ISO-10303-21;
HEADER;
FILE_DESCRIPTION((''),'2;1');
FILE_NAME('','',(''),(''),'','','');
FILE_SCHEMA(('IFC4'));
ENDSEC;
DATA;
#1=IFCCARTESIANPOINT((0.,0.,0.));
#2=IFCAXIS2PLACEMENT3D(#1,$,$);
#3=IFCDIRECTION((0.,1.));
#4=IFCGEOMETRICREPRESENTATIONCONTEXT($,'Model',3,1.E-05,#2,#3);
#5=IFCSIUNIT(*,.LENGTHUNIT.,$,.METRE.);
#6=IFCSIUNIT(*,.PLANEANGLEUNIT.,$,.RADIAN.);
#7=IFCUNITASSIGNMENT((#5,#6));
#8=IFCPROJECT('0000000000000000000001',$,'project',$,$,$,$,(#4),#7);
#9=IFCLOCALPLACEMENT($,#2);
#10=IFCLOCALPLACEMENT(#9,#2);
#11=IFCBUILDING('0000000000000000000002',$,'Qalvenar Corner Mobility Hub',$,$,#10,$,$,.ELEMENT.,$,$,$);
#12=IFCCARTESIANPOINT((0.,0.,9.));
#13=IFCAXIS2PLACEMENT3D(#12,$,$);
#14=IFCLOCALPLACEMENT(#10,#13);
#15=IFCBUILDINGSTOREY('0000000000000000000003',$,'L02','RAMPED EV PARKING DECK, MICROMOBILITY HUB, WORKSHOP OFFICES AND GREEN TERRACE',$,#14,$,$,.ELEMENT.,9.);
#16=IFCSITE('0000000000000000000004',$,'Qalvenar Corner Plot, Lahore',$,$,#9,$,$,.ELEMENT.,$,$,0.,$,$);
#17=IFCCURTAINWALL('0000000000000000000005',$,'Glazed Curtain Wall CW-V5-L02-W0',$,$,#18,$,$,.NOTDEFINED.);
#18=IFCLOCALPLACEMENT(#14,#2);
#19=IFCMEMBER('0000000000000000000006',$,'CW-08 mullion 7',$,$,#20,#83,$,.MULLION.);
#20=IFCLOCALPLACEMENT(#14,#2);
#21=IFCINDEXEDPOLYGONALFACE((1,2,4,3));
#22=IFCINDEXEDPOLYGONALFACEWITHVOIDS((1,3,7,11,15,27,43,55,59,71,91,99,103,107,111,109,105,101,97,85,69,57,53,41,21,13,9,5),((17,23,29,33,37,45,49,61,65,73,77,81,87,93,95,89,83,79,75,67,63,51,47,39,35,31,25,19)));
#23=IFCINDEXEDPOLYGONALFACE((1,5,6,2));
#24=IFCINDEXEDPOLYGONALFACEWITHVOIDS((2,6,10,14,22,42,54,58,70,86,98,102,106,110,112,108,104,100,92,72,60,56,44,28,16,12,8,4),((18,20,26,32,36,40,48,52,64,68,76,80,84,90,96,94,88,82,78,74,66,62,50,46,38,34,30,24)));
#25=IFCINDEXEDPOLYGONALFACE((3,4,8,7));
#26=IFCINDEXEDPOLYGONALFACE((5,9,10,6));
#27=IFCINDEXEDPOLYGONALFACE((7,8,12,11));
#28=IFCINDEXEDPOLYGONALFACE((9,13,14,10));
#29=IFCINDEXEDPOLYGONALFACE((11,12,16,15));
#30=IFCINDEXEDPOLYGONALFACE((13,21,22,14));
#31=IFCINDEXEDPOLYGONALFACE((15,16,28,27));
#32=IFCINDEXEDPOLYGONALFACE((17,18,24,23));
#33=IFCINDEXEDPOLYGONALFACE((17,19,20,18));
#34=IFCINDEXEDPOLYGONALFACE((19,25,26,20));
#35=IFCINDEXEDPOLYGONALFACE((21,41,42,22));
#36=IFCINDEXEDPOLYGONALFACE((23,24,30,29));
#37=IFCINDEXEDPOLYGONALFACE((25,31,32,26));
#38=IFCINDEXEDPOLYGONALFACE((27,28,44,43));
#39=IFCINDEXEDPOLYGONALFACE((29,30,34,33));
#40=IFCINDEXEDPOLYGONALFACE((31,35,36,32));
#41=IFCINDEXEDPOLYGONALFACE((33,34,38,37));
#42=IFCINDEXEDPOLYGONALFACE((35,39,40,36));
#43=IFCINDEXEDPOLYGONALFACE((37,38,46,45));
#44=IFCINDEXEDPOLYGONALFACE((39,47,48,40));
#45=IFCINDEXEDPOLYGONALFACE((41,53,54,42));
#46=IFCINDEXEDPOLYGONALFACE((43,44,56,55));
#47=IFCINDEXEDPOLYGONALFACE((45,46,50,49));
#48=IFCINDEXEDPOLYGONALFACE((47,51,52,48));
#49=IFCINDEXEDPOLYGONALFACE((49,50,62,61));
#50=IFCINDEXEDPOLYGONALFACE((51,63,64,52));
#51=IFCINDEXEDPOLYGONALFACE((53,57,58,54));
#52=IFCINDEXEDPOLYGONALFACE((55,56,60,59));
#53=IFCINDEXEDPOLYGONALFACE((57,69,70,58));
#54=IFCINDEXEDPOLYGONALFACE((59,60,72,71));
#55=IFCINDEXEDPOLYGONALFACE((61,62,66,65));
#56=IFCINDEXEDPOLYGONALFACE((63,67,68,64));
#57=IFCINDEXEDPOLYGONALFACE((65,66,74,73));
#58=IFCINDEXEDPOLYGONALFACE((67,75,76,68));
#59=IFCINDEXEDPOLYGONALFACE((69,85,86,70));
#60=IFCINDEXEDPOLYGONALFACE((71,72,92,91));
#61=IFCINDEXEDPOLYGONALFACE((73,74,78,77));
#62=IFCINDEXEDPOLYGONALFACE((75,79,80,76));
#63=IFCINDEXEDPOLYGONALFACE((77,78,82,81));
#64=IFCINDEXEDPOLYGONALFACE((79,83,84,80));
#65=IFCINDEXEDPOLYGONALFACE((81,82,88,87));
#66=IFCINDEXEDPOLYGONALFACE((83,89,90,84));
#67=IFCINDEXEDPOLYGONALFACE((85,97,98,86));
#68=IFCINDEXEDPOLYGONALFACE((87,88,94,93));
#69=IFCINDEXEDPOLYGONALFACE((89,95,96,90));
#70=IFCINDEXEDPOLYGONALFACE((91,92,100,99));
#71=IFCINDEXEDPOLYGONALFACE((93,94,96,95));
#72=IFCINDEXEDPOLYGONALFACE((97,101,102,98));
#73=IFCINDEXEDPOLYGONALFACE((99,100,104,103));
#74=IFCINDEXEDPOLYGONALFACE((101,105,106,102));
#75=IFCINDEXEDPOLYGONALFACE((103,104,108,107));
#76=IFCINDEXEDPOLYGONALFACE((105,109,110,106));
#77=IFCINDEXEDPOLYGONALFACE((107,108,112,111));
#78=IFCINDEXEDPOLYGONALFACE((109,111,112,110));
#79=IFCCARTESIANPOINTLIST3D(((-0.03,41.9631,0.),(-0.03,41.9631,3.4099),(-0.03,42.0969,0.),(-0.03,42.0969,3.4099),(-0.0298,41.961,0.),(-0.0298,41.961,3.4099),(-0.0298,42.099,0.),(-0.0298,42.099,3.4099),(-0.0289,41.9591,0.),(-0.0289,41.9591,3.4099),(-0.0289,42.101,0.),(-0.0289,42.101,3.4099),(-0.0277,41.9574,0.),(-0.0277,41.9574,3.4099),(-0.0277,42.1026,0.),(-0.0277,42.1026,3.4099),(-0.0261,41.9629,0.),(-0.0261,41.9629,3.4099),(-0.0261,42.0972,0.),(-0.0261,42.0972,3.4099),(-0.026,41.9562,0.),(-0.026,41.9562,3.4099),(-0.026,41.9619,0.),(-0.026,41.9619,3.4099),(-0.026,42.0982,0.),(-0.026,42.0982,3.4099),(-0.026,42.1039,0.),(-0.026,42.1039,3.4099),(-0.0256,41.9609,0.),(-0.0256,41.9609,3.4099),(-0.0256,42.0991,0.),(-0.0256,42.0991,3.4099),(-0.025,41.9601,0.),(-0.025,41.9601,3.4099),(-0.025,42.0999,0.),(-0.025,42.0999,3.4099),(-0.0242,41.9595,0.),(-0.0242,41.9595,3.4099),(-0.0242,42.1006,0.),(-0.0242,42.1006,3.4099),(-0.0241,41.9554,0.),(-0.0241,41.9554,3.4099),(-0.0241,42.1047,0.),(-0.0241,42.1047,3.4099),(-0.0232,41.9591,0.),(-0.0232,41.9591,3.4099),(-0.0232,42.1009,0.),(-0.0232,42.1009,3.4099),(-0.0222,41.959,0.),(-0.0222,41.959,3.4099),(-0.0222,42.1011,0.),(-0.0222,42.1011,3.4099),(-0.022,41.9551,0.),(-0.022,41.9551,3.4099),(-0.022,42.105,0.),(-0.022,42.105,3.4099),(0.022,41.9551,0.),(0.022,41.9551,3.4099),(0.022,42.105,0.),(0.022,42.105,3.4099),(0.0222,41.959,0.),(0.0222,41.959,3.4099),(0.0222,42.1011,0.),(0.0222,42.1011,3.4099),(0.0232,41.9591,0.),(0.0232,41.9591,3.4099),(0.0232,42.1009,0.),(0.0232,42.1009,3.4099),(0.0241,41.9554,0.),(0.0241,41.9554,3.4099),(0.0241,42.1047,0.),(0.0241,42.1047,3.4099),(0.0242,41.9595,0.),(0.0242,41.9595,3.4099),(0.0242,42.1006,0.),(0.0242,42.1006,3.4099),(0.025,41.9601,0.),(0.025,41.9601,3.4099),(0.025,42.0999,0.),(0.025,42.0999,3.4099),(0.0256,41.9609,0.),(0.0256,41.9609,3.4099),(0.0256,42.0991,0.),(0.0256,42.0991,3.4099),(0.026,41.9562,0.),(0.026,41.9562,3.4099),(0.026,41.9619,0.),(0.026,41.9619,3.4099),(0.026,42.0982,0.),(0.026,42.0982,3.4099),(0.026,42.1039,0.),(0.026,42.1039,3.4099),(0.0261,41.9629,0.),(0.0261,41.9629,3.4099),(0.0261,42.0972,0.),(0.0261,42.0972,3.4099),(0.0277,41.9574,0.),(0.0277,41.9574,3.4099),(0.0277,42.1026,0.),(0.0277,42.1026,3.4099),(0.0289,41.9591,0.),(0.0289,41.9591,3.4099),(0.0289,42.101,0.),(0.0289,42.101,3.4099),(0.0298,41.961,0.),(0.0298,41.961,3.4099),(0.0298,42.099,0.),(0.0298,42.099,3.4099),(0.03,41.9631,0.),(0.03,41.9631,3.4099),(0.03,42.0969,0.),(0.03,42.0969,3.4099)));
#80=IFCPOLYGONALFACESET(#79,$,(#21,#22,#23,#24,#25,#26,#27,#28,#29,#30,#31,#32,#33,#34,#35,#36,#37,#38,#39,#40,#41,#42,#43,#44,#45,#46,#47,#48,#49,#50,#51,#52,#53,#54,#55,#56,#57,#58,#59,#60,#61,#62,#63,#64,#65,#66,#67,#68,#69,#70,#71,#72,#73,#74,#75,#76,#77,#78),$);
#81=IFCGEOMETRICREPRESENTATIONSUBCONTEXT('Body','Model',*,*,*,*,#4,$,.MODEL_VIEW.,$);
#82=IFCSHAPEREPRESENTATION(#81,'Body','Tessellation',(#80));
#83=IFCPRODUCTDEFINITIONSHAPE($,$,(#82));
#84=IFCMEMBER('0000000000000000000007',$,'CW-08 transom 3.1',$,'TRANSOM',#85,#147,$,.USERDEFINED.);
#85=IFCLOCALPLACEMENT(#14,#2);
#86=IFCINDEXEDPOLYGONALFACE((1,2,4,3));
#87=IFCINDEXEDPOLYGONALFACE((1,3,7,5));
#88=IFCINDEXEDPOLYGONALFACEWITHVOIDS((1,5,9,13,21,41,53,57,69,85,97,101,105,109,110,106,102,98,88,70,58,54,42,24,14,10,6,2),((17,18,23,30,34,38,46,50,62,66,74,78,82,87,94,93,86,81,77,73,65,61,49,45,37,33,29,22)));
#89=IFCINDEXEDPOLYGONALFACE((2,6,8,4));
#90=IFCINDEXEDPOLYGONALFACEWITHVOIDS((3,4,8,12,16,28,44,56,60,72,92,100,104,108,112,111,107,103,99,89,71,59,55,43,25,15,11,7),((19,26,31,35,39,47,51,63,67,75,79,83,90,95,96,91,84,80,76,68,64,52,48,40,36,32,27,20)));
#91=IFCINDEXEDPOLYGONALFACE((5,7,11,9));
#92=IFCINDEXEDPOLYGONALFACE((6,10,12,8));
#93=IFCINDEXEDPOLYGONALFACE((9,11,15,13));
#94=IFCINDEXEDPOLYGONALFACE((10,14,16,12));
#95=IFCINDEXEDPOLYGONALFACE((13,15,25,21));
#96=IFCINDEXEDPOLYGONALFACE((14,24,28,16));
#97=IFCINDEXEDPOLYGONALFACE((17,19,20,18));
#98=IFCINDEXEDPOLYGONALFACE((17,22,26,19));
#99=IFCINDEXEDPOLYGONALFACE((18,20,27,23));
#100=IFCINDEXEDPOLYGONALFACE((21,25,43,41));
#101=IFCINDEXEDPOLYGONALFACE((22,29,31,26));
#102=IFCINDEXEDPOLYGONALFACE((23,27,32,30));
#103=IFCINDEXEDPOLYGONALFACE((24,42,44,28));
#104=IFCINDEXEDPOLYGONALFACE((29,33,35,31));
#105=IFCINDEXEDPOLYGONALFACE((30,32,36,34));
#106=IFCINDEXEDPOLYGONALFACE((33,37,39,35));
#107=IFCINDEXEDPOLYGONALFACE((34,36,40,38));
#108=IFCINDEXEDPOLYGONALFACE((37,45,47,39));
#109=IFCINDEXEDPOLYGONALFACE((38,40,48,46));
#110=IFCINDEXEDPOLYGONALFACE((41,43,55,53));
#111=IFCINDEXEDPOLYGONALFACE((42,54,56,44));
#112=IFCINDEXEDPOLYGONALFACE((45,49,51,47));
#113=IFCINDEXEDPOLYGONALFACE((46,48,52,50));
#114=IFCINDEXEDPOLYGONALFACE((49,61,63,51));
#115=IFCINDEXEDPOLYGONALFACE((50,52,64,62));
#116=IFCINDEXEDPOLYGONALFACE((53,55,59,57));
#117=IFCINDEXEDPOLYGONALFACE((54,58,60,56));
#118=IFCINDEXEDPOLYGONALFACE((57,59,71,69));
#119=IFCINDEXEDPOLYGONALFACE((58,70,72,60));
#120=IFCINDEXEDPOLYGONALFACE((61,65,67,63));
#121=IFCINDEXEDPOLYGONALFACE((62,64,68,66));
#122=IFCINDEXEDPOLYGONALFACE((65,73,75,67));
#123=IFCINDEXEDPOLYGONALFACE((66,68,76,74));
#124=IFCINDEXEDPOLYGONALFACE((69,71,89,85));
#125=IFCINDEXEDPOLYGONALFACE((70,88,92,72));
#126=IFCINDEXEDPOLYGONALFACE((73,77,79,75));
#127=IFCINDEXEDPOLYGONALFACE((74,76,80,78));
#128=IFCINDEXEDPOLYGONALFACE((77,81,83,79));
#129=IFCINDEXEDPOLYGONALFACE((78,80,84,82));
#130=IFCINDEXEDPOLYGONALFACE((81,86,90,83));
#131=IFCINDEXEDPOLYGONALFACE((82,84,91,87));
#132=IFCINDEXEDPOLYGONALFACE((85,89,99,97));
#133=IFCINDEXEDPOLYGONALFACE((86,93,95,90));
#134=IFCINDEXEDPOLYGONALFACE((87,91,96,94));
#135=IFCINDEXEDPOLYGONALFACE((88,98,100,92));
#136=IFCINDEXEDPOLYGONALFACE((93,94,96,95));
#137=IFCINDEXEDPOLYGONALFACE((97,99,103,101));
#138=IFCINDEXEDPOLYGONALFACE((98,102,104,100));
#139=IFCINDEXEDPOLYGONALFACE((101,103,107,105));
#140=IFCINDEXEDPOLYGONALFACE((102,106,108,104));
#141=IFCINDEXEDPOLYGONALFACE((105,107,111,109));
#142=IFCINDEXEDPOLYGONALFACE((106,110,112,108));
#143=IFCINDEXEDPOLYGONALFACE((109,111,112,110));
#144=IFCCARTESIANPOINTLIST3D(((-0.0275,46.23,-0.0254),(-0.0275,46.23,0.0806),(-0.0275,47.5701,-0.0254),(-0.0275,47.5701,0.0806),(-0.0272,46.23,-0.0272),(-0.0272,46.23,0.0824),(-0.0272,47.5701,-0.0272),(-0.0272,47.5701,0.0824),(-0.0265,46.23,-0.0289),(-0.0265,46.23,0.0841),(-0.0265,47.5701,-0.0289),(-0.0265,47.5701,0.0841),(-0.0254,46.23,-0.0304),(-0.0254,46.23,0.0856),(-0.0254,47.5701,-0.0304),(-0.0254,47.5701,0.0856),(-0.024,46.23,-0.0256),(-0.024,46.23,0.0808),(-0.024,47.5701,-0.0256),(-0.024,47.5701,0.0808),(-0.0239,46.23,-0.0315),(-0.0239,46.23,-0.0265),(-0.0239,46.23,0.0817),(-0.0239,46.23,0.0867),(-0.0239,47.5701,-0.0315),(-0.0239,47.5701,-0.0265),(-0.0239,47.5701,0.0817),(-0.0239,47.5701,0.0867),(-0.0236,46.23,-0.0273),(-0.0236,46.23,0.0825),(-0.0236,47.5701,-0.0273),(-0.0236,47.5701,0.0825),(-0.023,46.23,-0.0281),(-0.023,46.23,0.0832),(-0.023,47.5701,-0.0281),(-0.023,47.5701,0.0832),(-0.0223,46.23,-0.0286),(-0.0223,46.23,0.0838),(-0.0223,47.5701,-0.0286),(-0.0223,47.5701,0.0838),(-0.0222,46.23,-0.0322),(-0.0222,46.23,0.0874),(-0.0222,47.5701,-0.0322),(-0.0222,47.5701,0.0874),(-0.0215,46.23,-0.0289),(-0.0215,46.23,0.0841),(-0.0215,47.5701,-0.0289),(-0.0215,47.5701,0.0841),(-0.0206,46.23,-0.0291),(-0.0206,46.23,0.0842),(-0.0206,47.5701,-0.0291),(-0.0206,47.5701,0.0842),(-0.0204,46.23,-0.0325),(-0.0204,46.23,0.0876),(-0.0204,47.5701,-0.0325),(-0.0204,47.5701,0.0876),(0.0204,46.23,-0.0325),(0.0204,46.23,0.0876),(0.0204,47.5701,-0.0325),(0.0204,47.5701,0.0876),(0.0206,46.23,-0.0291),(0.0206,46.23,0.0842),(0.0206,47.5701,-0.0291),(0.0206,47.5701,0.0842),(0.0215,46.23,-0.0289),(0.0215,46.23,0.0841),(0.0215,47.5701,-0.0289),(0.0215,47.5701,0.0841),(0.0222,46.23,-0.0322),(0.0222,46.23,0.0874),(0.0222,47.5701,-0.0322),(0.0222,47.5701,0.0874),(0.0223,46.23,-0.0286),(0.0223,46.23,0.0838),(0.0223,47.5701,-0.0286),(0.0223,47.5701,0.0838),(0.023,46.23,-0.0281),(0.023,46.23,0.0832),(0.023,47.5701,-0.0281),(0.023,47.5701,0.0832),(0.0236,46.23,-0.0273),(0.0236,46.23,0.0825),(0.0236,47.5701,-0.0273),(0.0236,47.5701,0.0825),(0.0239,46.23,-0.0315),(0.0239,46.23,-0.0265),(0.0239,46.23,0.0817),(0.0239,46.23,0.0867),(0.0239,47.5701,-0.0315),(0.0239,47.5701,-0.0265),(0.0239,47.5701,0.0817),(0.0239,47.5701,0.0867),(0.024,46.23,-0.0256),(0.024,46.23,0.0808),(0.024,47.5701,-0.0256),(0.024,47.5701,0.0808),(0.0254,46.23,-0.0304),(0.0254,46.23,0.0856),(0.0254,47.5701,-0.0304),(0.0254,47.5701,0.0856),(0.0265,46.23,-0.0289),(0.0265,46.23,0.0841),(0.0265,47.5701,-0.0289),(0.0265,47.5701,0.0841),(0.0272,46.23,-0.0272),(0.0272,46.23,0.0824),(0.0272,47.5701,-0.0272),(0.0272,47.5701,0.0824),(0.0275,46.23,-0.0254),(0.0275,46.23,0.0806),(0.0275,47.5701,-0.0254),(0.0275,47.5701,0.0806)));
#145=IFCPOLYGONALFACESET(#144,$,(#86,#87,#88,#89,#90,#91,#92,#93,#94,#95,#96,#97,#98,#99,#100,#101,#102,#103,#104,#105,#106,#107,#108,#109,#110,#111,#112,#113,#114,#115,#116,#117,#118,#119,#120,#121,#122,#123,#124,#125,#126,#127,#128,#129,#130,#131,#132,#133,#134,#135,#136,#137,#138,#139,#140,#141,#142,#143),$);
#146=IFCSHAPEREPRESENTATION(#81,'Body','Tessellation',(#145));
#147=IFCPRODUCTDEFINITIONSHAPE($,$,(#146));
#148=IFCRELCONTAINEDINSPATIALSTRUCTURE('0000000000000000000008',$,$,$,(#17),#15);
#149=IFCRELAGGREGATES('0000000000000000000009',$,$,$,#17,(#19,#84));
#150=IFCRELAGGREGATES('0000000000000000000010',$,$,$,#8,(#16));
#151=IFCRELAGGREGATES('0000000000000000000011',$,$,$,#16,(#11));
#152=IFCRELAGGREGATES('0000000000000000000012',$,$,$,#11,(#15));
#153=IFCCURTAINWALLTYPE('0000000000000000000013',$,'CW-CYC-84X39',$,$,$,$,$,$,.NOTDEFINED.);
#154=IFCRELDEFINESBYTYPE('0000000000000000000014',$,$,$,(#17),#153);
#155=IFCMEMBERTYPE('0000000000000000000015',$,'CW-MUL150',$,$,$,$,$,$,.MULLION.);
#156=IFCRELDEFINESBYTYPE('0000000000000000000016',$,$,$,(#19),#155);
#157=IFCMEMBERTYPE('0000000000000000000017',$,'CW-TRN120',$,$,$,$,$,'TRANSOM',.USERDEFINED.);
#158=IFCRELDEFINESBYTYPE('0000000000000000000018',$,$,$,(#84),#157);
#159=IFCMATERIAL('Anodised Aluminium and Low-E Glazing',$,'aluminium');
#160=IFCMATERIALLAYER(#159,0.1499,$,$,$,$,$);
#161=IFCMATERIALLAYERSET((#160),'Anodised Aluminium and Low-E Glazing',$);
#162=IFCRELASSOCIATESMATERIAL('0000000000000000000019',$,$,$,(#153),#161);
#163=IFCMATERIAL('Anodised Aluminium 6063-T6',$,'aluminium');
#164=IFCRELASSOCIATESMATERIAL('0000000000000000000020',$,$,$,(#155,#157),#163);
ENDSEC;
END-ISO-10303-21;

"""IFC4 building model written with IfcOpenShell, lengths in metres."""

from ifc_helpers import new_model, si_unit, direction, frame, origin, origin_2d, place, context, subcontext, project, spatial, hollow_rectangle, extrude, material, layer, layer_set, material_profile, profile_set, type_object, element, aggregate, save


model = new_model("IFC4")

# Units and contexts
model_context = context("Model", 3, precision=1e-05, world=origin(), true_north=direction((0.0, 1.0)))
body_context = subcontext(model_context, "Body", "Model", "MODEL_VIEW")
ifc_project = project(units=[si_unit("LENGTHUNIT", "METRE"), si_unit("PLANEANGLEUNIT", "RADIAN")], contexts=[model_context])

# Site, building, storey
site_placement = place(None, origin())
site = spatial("IfcSite", under=ifc_project, at=site_placement, Name="Qalvenar Corner Plot, Lahore", CompositionType="ELEMENT", RefElevation=0.0)
building_placement = place(site_placement, origin())
building = spatial("IfcBuilding", under=site, at=building_placement, Name="Qalvenar Corner Mobility Hub", CompositionType="ELEMENT")
storey_placement = place(building_placement, frame((0.0, 0.0, 9.0)))
storey = spatial("IfcBuildingStorey", under=building, at=storey_placement, Name="L02", Description="RAMPED EV PARKING DECK, MICROMOBILITY HUB, WORKSHOP OFFICES AND GREEN TERRACE", CompositionType="ELEMENT", Elevation=9.0)

# Curtain wall, members
ifc_material_1 = material(Name="Anodised Aluminium and Low-E Glazing", Category="aluminium")
ifc_layer_1 = layer(ifc_material_1, 0.1499)
ifc_layer_set_1 = layer_set([ifc_layer_1], Name="Anodised Aluminium and Low-E Glazing")
curtain_wall_type = type_object("IfcCurtainWallType", Name="CW-CYC-84X39", PredefinedType="NOTDEFINED", material=ifc_layer_set_1)
curtain_wall_placement = place(storey_placement, origin())
curtain_wall = element("IfcCurtainWall", 1, at=curtain_wall_placement, inside=storey, type_object=curtain_wall_type, Name="Glazed Curtain Wall CW-V5-L02-W0", PredefinedType="NOTDEFINED")
ifc_material_2 = material(Name="Anodised Aluminium 6063-T6", Category="aluminium")
ifc_material_profile_1 = material_profile(ifc_material_2, hollow_rectangle(XDim=0.0601, YDim=0.1499, WallThickness=0.0039, InnerFilletRadius=0.0039, OuterFilletRadius=0.0081, at=origin_2d()), Name="RHS150x60x4")
ifc_profile_set_1 = profile_set([ifc_material_profile_1], Name="Anodised Aluminium 6063-T6")
member_type_1 = type_object("IfcMemberType", Name="CW-MUL150", PredefinedType="MULLION", material=ifc_profile_set_1)
member_1_placement = place(storey_placement, frame((0.0, 42.03, 0.0), z_axis=(0.0, 0.0, 1.0), x_axis=(1.0, 0.0, 0.0)))
member_1 = element("IfcMember", 2, at=member_1_placement, type_object=member_type_1, Name="CW-08 mullion 7", PredefinedType="MULLION", context=body_context, shape_type="SweptSolid", body=[
    extrude(hollow_rectangle(XDim=0.0601, YDim=0.1499, WallThickness=0.0039, InnerFilletRadius=0.0039, OuterFilletRadius=0.0081, at=origin_2d()), origin(), (0.0, 0.0, 1.0), 3.4099),
])
ifc_material_profile_2 = material_profile(ifc_material_2, hollow_rectangle(XDim=0.0549, YDim=0.1201, WallThickness=0.0034, InnerFilletRadius=0.0034, OuterFilletRadius=0.0071, at=origin_2d()), Name="RHS120x55x3.5")
ifc_profile_set_2 = profile_set([ifc_material_profile_2], Name="Anodised Aluminium 6063-T6")
member_type_2 = type_object("IfcMemberType", Name="CW-TRN120", ElementType="TRANSOM", PredefinedType="USERDEFINED", material=ifc_profile_set_2)
member_2_placement = place(storey_placement, frame((0.0, 47.5701, 0.0276), z_axis=(0.0, -1.0, 0.0), x_axis=(1.0, 0.0, 0.0)))
member_2 = element("IfcMember", 3, at=member_2_placement, type_object=member_type_2, Name="CW-08 transom 3.1", ObjectType="TRANSOM", PredefinedType="USERDEFINED", context=body_context, shape_type="SweptSolid", body=[
    extrude(hollow_rectangle(XDim=0.0549, YDim=0.1201, WallThickness=0.0034, InnerFilletRadius=0.0034, OuterFilletRadius=0.0071, at=origin_2d()), origin(), (0.0, 0.0, 1.0), 1.3401),
])
aggregate(curtain_wall, [member_1, member_2])

save(model, "model.ifc")
